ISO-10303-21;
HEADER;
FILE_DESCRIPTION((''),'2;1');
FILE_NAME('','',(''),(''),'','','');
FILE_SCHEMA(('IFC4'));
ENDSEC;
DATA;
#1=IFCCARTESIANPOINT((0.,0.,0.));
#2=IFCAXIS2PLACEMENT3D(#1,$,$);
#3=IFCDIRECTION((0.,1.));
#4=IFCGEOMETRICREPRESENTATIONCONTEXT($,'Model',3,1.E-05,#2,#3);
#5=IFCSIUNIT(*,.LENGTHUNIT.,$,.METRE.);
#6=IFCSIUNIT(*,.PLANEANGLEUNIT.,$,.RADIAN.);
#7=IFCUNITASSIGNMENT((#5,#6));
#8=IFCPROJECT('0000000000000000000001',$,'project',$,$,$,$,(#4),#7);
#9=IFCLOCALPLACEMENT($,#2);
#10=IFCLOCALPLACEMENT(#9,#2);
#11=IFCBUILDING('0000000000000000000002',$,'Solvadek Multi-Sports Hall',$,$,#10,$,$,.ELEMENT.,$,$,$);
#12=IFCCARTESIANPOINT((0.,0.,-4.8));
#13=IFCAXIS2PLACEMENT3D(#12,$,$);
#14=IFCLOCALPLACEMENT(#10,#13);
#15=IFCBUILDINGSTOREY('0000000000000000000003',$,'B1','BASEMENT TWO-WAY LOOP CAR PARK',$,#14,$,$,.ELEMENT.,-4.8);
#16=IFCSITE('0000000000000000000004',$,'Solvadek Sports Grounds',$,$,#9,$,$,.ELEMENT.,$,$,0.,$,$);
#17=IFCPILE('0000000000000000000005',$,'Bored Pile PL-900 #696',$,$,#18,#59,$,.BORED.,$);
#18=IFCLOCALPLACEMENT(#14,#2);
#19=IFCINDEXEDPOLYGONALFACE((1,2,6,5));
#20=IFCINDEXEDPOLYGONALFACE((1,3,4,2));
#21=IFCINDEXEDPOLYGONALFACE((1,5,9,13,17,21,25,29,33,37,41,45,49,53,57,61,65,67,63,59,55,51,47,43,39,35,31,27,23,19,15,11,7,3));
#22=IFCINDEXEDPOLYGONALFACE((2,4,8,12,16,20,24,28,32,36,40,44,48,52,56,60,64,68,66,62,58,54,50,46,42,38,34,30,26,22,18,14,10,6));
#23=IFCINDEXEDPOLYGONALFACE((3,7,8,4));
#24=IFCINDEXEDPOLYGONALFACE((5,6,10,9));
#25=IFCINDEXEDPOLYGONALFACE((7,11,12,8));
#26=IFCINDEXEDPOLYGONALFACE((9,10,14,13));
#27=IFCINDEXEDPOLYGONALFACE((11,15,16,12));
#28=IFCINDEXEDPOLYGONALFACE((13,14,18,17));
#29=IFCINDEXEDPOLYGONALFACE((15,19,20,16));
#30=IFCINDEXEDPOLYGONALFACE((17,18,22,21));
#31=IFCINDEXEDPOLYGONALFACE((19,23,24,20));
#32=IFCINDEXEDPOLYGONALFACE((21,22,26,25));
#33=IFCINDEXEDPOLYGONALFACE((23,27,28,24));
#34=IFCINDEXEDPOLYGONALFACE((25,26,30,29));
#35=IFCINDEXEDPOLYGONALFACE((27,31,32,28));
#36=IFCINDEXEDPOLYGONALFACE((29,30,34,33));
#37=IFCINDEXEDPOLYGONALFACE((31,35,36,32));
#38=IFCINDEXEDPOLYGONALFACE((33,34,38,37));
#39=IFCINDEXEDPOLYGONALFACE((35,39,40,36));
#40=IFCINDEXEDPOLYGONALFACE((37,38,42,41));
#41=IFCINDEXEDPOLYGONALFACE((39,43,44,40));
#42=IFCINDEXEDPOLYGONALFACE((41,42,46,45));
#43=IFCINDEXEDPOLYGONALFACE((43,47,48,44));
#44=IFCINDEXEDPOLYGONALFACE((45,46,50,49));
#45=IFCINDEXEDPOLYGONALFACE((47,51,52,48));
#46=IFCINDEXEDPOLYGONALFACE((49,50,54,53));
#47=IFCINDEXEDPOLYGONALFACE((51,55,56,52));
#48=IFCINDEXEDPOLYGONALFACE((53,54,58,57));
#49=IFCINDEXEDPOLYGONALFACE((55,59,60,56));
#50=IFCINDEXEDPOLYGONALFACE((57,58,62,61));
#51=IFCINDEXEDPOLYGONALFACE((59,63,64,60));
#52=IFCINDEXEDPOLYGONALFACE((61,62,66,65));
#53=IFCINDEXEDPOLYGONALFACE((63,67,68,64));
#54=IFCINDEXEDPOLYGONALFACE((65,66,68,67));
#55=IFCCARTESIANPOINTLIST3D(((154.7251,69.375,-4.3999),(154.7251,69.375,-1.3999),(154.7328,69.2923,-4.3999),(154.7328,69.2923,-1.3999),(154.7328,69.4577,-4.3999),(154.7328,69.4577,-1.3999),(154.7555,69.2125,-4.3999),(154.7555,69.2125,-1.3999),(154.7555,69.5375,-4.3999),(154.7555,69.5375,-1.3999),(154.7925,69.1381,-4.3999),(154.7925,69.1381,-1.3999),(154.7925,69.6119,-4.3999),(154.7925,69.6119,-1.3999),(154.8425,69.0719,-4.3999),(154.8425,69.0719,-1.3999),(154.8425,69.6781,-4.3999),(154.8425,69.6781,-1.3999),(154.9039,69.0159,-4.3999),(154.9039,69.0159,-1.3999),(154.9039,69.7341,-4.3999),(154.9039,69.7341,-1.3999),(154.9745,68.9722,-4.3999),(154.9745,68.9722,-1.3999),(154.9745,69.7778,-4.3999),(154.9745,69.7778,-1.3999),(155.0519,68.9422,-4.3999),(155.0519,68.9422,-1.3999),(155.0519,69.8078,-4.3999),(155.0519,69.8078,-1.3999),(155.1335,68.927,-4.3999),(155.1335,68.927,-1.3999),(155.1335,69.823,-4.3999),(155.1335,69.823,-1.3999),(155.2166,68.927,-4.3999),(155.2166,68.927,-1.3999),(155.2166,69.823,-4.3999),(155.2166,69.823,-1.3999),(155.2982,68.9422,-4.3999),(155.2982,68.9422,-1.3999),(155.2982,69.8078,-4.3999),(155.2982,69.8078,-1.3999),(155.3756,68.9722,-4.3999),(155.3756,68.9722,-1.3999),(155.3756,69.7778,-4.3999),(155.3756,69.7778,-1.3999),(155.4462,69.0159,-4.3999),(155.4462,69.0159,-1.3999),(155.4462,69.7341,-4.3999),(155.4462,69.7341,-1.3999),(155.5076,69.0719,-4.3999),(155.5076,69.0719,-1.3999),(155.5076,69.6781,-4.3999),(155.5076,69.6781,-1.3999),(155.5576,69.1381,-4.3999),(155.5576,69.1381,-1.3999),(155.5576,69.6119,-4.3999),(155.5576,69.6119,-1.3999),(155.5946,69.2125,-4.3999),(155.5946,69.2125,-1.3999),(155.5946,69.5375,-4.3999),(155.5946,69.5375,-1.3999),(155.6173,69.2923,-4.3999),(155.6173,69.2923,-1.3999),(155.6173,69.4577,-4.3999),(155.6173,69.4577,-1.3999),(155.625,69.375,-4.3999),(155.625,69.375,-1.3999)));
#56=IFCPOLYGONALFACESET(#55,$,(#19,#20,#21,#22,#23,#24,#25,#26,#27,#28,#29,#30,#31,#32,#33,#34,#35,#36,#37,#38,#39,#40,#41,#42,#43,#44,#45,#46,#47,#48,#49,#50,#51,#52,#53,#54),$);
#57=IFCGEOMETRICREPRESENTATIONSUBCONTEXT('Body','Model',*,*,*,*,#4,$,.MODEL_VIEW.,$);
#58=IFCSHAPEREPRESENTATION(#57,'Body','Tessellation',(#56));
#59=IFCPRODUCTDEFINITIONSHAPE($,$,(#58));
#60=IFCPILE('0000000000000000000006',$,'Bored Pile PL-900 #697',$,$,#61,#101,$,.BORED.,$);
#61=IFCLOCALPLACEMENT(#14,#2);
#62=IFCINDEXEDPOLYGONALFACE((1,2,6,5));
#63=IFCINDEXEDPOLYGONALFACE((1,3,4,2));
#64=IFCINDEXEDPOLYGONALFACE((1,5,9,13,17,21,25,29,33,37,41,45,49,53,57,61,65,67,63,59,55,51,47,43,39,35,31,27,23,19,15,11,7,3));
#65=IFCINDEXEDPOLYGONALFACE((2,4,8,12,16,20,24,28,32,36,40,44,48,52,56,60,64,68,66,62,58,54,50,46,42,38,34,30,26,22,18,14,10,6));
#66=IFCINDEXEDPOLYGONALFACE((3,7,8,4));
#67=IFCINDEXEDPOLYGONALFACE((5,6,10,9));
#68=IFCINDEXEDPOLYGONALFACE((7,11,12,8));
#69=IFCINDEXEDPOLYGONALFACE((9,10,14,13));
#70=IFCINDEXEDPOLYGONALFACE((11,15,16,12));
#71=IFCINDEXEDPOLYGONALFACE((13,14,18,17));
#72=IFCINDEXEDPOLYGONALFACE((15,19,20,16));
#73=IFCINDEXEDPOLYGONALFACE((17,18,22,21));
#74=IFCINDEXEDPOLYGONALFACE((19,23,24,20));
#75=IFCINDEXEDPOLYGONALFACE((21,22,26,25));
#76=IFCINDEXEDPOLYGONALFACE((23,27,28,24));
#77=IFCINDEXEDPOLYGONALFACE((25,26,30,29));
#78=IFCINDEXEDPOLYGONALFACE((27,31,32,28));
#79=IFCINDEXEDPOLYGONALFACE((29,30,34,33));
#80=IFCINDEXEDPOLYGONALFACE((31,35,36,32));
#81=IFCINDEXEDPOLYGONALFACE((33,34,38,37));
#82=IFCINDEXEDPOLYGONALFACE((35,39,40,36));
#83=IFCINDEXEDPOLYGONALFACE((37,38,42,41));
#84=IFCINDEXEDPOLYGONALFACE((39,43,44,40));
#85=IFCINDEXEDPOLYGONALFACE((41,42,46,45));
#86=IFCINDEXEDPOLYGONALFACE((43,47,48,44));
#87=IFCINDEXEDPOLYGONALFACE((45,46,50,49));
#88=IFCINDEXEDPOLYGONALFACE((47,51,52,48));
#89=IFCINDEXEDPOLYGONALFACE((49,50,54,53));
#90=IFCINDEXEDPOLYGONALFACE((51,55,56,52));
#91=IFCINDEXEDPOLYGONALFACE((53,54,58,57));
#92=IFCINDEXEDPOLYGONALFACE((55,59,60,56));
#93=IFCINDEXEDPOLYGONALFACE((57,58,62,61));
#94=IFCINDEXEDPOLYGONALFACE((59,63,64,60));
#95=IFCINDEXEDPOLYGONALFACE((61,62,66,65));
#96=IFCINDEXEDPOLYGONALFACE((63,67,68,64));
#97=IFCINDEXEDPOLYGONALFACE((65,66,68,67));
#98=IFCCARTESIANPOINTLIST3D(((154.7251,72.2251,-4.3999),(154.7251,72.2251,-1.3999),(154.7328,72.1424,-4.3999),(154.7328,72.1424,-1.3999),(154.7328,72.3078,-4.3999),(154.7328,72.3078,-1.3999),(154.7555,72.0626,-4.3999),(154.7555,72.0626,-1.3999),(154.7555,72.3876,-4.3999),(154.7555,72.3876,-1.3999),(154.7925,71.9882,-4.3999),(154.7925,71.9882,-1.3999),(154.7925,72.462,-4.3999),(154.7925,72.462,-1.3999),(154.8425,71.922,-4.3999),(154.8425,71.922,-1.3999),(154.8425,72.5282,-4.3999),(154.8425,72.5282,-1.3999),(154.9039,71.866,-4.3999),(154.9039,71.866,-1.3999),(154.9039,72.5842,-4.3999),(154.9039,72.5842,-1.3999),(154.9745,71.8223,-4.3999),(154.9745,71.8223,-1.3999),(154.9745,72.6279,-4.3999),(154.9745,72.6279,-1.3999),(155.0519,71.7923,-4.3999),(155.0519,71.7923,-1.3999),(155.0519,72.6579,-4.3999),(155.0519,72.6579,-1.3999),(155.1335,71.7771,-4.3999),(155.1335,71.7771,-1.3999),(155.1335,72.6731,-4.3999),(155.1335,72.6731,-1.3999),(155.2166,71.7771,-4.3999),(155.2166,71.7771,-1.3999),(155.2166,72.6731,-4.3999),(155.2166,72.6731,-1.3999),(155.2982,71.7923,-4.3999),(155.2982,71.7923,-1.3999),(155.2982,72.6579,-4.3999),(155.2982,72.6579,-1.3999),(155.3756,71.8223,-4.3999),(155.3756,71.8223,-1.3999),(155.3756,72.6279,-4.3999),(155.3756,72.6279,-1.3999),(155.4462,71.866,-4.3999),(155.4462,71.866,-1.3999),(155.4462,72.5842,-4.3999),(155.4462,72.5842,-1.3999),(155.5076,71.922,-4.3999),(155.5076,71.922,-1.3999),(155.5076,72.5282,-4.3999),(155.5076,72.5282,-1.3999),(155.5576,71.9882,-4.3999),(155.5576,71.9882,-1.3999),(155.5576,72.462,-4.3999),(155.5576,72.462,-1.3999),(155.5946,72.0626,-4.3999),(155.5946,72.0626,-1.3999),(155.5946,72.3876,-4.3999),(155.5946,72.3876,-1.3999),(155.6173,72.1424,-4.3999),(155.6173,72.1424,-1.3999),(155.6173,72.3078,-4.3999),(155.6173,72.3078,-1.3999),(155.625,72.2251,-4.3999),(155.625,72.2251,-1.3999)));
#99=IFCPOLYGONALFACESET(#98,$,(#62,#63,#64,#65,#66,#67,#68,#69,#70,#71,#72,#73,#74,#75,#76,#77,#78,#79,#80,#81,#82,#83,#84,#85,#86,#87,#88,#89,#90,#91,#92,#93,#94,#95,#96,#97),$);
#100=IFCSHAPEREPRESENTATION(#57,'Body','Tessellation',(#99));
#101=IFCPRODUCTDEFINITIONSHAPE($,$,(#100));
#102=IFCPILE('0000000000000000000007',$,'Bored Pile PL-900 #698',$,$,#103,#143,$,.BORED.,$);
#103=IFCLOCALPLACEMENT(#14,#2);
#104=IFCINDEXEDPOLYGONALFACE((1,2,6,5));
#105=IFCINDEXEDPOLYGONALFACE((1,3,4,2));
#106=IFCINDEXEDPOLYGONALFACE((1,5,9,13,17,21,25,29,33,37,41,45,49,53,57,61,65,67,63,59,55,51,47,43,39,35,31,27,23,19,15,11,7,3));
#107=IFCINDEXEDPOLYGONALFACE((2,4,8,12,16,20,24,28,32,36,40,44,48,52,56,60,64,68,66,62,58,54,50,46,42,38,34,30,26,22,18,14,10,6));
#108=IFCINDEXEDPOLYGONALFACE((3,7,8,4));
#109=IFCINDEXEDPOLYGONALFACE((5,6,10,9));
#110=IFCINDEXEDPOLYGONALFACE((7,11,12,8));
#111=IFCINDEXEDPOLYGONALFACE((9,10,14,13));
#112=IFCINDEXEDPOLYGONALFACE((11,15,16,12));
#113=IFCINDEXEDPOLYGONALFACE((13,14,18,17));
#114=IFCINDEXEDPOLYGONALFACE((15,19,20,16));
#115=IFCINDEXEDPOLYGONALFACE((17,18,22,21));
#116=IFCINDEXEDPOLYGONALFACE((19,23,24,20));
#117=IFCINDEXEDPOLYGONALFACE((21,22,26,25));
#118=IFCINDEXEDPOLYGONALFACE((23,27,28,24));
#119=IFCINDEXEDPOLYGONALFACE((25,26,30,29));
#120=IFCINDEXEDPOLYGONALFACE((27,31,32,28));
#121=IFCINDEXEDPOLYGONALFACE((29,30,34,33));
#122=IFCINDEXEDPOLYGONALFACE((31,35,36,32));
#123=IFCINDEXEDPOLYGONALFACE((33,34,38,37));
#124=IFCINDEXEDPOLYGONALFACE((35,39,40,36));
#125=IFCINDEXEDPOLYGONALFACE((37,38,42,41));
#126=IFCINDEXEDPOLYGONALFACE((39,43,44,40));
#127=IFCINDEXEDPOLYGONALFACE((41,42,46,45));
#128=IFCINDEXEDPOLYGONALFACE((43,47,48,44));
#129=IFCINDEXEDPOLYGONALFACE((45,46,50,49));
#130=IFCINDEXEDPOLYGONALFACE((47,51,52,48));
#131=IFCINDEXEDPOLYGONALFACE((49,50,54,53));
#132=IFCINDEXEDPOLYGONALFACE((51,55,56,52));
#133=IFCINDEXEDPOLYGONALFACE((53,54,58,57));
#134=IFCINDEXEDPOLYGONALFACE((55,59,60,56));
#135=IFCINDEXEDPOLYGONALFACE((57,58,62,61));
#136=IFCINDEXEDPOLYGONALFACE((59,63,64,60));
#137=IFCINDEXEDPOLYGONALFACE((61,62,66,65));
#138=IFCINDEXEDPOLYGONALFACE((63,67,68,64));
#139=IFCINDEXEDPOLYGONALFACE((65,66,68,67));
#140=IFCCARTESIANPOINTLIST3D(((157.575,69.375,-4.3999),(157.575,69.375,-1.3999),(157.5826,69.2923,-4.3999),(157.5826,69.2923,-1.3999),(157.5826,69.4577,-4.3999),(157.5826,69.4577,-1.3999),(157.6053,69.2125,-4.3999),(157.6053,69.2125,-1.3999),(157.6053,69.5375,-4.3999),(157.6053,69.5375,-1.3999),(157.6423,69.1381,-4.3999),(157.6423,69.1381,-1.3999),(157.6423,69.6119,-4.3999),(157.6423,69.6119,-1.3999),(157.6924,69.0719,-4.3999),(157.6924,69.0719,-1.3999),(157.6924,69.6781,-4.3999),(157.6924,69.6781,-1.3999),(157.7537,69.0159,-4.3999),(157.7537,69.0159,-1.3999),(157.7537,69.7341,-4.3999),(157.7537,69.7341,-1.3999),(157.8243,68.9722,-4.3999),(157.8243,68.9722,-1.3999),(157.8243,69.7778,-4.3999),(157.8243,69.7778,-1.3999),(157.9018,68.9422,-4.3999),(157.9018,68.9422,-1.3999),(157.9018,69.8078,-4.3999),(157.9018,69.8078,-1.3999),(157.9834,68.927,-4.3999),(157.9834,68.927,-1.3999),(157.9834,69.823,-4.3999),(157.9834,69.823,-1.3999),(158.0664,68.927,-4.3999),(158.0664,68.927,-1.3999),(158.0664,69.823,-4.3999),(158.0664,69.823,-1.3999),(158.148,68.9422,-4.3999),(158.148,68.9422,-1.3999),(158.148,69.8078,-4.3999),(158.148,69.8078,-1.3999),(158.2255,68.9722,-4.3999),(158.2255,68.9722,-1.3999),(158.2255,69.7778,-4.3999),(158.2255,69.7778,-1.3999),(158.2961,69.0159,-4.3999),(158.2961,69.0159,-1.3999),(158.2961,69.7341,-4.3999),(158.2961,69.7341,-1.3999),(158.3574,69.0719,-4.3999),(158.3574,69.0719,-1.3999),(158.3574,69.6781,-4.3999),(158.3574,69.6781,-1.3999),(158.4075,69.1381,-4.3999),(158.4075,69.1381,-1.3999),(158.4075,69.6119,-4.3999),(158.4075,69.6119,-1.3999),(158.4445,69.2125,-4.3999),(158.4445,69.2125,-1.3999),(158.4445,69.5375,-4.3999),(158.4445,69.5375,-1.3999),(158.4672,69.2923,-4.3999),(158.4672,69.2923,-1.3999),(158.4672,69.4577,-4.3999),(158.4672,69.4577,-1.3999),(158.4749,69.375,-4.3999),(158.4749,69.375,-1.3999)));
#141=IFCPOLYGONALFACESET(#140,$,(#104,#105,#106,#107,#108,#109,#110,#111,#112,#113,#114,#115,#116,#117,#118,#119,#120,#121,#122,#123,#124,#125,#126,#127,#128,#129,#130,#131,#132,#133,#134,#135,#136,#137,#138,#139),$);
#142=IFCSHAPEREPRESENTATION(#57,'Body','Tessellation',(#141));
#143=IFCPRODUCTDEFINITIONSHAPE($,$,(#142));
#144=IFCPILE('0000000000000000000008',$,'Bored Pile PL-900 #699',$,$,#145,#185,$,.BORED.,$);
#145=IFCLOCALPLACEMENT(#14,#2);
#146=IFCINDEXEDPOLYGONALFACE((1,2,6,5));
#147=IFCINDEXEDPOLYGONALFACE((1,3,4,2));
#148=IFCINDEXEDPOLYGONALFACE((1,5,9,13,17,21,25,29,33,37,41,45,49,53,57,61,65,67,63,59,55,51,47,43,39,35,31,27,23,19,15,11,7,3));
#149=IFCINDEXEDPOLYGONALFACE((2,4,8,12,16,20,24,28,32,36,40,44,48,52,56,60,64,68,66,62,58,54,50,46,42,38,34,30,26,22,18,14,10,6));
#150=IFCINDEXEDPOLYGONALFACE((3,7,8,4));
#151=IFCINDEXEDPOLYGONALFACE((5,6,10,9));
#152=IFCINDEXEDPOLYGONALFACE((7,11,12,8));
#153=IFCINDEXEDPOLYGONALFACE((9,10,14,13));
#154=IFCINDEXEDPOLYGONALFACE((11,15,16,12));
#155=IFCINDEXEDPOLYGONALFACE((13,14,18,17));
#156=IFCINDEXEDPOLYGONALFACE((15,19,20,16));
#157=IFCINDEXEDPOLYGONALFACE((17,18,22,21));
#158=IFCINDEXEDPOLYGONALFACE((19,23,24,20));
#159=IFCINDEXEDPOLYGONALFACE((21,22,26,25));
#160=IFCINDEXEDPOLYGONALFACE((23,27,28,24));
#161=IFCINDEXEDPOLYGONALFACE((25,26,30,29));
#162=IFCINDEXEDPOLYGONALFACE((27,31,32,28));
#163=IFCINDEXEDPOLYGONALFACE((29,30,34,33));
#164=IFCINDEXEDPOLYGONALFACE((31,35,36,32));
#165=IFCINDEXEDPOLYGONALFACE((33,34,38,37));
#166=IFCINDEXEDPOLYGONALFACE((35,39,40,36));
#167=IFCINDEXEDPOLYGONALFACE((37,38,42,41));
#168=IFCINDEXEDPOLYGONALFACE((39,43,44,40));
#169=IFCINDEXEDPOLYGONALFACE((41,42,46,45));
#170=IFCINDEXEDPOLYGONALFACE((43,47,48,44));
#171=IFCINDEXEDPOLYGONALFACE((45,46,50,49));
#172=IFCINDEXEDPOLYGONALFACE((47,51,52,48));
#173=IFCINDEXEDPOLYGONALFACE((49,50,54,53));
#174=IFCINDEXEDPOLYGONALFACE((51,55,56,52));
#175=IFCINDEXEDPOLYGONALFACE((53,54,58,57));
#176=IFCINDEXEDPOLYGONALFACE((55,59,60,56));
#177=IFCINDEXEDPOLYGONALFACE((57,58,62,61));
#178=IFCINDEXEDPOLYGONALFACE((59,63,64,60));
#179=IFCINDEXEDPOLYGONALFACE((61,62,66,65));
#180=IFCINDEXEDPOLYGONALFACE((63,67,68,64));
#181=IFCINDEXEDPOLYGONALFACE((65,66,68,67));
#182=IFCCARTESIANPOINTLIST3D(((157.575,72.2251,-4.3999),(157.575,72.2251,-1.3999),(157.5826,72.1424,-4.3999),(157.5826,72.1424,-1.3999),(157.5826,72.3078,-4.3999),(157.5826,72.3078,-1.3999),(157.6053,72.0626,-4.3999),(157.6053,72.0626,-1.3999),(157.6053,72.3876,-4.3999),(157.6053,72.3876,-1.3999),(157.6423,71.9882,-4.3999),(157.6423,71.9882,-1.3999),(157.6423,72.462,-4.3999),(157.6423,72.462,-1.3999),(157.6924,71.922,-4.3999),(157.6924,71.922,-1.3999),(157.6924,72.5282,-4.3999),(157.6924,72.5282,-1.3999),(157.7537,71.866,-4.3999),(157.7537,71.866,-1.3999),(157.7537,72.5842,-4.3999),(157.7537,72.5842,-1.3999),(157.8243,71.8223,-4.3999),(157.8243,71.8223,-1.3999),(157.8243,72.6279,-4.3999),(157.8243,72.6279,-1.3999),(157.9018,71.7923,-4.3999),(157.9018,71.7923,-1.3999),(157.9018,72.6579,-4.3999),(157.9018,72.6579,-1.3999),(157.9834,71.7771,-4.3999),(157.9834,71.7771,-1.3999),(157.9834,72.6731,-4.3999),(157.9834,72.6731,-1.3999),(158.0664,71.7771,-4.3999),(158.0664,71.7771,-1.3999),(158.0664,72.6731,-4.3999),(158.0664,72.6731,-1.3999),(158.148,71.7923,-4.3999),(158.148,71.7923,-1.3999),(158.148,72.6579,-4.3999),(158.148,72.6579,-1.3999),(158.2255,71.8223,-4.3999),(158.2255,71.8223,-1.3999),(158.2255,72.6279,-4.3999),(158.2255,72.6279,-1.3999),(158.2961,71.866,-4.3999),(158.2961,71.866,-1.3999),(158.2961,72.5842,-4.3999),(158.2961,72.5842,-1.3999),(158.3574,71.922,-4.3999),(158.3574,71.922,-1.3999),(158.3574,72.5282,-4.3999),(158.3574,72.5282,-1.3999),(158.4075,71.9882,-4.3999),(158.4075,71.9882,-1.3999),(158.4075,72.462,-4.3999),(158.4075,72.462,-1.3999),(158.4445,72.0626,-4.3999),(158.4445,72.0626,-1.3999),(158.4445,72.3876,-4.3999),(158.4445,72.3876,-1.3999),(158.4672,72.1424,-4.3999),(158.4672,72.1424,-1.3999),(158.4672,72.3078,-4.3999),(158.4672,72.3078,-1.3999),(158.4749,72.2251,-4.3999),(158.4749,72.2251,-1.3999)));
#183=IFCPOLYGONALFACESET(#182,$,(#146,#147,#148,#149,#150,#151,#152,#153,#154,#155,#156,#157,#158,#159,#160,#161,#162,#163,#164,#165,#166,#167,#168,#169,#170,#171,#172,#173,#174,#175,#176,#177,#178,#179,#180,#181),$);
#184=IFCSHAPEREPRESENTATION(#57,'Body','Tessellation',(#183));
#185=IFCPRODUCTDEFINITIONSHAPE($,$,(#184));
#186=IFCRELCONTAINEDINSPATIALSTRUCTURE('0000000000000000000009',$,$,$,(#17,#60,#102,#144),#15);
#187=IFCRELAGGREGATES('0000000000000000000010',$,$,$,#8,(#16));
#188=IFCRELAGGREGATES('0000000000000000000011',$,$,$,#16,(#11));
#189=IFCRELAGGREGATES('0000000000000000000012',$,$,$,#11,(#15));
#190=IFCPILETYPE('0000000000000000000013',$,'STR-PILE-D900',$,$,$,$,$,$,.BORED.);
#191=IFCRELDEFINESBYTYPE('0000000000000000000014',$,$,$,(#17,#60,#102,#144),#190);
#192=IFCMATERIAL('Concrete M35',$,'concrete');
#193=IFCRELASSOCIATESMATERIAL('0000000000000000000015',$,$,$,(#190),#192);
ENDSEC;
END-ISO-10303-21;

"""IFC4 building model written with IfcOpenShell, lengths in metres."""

from ifc_helpers import new_model, si_unit, direction, frame, origin, origin_2d, place, context, subcontext, project, spatial, circle, extrude, material, material_profile, profile_set, type_object, element, save


model = new_model("IFC4")

# Units and contexts
model_context = context("Model", 3, precision=1e-05, world=origin(), true_north=direction((0.0, 1.0)))
body_context = subcontext(model_context, "Body", "Model", "MODEL_VIEW")
ifc_project = project(units=[si_unit("LENGTHUNIT", "METRE"), si_unit("PLANEANGLEUNIT", "RADIAN")], contexts=[model_context])

# Site, building, storey
site_placement = place(None, origin())
site = spatial("IfcSite", under=ifc_project, at=site_placement, Name="Solvadek Sports Grounds", CompositionType="ELEMENT", RefElevation=0.0)
building_placement = place(site_placement, origin())
building = spatial("IfcBuilding", under=site, at=building_placement, Name="Solvadek Multi-Sports Hall", CompositionType="ELEMENT")
storey_placement = place(building_placement, frame((0.0, 0.0, -4.8)))
storey = spatial("IfcBuildingStorey", under=building, at=storey_placement, Name="B1", Description="BASEMENT TWO-WAY LOOP CAR PARK", CompositionType="ELEMENT", Elevation=-4.8)

# Piles
ifc_material_1 = material(Name="Concrete M35", Category="concrete")
ifc_material_profile_1 = material_profile(ifc_material_1, circle(Radius=0.45, at=origin_2d()), Name="BORED PILE D900")
ifc_profile_set_1 = profile_set([ifc_material_profile_1], Name="Concrete M35")
pile_type_1 = type_object("IfcPileType", Name="STR-PILE-D900", PredefinedType="BORED", material=ifc_profile_set_1)
for number, where, z_axis, x_axis, name in (
    (1, (155.175, 69.375, -1.3999), (0.0, 0.0, -1.0), (1.0, 0.0, 0.0), "Bored Pile PL-900 #696"),
    (2, (155.175, 72.2251, -1.3999), (0.0, 0.0, -1.0), (1.0, 0.0, 0.0), "Bored Pile PL-900 #697"),
    (3, (158.0249, 69.375, -1.3999), (0.0, 0.0, -1.0), (1.0, 0.0, 0.0), "Bored Pile PL-900 #698"),
    (4, (158.0249, 72.2251, -1.3999), (0.0, 0.0, -1.0), (1.0, 0.0, 0.0), "Bored Pile PL-900 #699"),
):
    element("IfcPile", number, at=place(storey_placement, frame(where, z_axis=z_axis, x_axis=x_axis)), inside=storey, type_object=pile_type_1, Name=name, PredefinedType="BORED", context=body_context, shape_type="SweptSolid", body=[
        extrude(circle(Radius=0.45, at=origin_2d()), origin(), (0.0, 0.0, 1.0), 3.0),
    ])

save(model, "model.ifc")
